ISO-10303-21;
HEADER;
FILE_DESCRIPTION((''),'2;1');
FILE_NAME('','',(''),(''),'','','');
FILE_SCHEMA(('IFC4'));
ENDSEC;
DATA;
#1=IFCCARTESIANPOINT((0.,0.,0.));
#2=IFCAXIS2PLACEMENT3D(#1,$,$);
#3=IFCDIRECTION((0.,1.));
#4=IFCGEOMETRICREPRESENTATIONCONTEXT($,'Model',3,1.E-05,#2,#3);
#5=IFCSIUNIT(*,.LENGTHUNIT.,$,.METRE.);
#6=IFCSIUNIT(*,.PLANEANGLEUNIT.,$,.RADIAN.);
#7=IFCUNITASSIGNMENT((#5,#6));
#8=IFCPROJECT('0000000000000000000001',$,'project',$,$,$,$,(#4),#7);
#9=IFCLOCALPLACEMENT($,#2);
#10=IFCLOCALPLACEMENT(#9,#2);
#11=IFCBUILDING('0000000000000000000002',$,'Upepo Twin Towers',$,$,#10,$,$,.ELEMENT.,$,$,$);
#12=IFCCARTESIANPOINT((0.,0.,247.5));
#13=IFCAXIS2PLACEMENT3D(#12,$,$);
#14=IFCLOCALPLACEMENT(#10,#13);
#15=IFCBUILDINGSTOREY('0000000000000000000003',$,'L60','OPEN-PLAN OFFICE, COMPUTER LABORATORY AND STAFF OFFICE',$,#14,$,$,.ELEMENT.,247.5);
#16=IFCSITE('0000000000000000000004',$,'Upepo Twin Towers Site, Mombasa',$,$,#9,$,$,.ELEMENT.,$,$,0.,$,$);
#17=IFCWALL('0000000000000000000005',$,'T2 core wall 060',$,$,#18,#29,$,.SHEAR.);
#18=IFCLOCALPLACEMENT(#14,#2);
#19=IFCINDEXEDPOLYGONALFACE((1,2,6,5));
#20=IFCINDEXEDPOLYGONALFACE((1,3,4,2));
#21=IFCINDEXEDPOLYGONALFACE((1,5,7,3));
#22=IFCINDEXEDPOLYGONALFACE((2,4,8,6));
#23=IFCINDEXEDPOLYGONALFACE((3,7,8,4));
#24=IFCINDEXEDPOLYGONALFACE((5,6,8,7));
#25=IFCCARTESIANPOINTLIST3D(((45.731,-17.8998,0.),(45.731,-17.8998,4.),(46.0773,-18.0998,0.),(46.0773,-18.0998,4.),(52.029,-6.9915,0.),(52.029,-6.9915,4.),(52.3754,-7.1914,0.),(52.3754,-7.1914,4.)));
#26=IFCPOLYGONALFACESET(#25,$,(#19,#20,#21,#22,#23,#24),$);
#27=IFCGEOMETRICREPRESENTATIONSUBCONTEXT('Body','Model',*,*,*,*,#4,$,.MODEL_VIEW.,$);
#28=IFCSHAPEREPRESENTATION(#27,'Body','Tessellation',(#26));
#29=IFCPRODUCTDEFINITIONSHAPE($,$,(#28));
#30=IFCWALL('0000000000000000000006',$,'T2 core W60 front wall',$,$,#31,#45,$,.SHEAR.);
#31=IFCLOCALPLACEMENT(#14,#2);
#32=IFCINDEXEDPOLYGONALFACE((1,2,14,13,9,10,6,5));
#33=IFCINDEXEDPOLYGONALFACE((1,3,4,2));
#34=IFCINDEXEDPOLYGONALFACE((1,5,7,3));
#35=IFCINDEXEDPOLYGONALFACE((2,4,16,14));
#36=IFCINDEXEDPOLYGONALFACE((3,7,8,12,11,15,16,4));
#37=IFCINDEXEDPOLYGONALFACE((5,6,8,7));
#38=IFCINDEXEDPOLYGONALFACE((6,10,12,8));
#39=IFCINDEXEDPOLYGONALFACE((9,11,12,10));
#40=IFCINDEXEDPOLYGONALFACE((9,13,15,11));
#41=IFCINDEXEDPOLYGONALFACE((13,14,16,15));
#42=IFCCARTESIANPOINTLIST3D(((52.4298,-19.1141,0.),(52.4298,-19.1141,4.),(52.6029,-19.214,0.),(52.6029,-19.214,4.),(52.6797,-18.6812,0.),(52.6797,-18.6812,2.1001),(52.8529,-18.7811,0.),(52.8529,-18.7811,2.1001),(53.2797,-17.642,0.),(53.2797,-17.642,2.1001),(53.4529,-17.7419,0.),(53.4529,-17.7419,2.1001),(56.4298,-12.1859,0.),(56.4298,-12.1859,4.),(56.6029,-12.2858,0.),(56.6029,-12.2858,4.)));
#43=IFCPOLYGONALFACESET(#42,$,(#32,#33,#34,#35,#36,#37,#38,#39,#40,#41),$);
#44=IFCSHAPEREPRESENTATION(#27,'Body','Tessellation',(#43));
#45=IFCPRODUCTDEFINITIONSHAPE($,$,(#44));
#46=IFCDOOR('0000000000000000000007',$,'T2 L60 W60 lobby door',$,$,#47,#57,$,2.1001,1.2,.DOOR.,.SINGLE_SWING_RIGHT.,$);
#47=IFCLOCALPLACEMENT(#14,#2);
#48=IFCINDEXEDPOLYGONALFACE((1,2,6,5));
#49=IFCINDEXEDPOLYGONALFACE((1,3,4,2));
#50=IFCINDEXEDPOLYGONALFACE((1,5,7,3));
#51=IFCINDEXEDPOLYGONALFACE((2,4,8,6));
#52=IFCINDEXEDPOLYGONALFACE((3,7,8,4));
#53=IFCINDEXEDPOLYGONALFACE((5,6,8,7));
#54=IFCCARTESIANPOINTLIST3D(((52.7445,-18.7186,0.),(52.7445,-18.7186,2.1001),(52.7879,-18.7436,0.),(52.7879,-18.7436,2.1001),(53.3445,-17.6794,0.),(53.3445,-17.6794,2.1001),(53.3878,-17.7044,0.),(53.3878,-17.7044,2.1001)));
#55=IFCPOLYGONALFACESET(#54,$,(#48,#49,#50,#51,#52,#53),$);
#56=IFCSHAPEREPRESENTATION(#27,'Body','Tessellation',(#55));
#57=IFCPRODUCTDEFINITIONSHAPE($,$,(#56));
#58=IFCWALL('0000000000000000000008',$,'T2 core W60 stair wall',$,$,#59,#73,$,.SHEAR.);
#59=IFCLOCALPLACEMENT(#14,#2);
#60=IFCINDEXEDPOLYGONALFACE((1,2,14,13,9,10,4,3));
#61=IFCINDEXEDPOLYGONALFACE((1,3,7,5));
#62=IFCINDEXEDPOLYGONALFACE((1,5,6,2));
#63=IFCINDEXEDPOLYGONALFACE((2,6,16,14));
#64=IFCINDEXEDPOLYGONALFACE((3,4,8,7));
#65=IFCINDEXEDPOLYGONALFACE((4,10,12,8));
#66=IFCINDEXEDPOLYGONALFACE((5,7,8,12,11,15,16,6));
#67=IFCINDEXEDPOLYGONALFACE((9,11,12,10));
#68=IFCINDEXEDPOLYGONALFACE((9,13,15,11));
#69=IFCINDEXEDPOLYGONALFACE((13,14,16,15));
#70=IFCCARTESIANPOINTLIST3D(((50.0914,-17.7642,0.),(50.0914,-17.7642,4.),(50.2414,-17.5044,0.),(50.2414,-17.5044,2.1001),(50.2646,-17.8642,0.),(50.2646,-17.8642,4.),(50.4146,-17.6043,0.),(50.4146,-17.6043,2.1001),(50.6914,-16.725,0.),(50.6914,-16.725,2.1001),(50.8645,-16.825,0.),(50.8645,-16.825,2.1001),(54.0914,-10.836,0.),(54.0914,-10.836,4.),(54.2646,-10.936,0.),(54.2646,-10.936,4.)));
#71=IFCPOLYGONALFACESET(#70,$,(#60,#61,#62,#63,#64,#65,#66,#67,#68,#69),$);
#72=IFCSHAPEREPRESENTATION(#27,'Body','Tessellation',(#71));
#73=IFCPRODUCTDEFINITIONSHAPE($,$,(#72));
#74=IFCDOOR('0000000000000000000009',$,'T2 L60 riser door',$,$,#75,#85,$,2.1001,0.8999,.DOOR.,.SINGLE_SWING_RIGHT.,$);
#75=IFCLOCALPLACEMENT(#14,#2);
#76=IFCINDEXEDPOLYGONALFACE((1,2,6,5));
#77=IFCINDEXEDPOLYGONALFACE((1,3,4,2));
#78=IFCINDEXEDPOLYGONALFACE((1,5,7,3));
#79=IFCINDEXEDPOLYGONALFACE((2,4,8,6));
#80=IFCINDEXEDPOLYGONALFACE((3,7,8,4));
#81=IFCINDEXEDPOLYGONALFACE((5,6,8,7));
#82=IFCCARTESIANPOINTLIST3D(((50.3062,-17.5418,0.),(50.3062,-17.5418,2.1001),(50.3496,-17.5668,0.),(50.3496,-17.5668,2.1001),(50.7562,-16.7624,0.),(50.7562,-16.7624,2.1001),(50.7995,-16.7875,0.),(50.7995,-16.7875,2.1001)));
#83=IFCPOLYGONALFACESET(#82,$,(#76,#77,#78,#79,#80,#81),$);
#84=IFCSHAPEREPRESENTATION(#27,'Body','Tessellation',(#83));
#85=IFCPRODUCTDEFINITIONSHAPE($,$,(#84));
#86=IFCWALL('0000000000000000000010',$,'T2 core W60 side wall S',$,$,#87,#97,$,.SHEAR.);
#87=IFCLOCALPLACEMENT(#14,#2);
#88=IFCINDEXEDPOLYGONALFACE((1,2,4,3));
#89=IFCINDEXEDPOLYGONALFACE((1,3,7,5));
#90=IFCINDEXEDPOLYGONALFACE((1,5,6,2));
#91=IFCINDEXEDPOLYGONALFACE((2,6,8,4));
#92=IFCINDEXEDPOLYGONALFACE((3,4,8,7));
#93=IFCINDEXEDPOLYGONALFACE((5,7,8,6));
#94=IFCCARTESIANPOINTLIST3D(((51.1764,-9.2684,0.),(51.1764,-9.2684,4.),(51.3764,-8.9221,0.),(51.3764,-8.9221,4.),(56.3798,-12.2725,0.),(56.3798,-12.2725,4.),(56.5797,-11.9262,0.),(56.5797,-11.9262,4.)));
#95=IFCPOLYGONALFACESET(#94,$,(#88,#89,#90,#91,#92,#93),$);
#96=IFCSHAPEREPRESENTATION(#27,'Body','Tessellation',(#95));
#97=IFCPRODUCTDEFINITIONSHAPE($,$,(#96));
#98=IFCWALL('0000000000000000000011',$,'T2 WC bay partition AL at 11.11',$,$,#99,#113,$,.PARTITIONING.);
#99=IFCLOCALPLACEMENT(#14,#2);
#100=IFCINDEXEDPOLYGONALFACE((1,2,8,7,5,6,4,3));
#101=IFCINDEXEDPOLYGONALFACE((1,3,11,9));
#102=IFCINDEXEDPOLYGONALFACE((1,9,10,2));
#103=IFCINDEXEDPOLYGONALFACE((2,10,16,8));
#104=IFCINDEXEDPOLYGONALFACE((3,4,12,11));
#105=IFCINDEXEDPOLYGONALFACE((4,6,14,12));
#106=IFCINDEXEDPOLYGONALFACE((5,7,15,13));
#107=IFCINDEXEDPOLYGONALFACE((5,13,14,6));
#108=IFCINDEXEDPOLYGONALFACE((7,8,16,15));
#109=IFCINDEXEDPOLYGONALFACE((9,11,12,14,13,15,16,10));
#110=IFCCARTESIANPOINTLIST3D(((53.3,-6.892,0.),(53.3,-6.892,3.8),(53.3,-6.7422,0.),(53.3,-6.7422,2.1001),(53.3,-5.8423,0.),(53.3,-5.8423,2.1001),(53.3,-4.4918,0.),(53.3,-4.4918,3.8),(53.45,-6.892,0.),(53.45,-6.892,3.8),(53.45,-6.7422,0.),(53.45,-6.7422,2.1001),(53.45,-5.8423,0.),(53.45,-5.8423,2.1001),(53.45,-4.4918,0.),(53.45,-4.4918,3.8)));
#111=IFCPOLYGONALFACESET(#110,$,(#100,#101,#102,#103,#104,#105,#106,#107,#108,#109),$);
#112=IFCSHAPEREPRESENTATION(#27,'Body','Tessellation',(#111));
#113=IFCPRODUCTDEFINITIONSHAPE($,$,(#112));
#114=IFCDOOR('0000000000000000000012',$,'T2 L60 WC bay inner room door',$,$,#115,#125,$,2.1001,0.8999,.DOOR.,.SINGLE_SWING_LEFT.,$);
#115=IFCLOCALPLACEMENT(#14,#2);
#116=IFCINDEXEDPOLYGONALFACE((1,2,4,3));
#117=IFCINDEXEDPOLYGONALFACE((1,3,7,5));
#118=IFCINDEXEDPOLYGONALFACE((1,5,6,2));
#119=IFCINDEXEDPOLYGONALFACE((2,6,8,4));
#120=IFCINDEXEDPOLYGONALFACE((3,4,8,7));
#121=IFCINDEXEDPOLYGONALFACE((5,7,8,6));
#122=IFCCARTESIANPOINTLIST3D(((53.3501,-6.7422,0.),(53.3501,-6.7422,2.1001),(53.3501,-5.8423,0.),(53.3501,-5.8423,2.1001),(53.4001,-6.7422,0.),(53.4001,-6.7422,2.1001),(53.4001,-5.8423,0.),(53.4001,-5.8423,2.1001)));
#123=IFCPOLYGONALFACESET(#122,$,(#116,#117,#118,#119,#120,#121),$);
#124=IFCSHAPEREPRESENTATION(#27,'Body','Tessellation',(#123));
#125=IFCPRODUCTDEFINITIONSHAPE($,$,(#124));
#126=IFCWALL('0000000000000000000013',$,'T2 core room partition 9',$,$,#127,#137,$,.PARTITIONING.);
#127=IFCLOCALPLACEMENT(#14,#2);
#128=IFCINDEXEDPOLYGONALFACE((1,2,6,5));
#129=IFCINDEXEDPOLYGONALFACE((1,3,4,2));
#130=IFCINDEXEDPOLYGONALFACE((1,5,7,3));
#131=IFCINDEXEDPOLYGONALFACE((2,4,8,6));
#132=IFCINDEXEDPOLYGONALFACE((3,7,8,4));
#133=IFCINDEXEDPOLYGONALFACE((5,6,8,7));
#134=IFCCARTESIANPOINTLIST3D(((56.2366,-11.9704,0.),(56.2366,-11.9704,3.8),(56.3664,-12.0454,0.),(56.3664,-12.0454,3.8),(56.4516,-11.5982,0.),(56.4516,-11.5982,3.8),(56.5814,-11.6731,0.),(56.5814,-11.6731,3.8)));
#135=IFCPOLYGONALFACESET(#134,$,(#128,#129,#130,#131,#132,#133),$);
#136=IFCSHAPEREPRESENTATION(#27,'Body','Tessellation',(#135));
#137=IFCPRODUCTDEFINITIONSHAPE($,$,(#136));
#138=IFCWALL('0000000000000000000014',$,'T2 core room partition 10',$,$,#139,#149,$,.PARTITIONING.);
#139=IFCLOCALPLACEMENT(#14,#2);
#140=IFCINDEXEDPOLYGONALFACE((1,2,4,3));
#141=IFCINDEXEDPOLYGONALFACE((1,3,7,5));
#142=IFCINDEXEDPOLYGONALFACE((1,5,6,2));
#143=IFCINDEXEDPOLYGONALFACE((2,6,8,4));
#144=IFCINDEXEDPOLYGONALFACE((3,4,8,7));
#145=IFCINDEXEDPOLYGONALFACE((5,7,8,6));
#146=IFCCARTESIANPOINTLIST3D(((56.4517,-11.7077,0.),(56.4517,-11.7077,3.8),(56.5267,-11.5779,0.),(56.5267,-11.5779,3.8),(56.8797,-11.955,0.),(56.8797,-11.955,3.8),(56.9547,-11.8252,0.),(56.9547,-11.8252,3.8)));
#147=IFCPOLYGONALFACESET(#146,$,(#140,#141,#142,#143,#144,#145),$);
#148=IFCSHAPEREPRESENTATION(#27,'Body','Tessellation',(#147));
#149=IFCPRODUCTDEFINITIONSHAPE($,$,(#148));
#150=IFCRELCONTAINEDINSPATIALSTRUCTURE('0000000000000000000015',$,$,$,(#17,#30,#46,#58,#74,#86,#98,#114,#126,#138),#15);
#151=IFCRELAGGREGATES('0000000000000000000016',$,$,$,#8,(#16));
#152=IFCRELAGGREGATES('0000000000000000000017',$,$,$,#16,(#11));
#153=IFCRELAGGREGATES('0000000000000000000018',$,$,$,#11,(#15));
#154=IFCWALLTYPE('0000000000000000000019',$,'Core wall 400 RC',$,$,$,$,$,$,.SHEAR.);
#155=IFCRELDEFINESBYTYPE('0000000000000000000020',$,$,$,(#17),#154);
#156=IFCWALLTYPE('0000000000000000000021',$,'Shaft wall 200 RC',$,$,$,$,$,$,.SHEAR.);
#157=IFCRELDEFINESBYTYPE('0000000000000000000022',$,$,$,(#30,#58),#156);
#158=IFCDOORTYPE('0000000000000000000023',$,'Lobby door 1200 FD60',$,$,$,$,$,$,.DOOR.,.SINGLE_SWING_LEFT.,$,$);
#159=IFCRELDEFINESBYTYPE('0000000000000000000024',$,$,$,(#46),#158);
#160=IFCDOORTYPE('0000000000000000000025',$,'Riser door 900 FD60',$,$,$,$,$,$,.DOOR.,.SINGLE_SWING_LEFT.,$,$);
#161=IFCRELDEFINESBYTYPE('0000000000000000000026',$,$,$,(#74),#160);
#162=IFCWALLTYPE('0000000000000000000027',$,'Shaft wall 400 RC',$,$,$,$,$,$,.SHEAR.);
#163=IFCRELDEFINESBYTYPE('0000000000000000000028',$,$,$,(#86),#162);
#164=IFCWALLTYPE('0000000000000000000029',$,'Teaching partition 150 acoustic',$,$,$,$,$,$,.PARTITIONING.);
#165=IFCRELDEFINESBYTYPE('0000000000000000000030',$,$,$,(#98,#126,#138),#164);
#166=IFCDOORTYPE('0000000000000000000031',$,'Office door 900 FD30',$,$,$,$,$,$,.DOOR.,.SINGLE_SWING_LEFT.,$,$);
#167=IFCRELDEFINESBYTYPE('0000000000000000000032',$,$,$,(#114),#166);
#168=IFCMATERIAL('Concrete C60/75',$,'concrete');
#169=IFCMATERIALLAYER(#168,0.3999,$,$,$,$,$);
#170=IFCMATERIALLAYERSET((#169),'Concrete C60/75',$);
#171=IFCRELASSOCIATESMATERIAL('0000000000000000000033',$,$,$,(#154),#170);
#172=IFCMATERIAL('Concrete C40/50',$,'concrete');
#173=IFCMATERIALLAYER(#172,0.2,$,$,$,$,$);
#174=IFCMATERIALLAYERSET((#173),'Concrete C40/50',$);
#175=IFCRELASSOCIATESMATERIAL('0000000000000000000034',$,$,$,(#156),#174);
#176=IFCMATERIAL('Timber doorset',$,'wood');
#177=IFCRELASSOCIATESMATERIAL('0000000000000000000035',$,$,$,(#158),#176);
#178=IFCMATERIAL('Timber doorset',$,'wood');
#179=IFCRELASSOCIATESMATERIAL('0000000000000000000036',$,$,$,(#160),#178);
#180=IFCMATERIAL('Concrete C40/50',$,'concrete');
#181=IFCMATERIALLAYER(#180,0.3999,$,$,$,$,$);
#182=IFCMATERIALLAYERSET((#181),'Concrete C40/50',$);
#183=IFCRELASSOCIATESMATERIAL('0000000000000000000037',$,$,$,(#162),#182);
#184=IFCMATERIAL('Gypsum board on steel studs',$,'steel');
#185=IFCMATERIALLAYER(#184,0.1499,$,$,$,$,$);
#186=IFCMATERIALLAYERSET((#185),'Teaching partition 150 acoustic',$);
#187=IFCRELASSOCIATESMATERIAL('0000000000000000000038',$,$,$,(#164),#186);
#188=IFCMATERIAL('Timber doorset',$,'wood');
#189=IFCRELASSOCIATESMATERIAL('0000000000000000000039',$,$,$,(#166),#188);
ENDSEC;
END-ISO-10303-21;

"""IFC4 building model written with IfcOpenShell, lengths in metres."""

from ifc_helpers import new_model, si_unit, direction, frame, frame_2d, origin, place, context, subcontext, project, spatial, rectangle, extrude, material, layer, layer_set, type_object, element, fill, save


model = new_model("IFC4")

# Units and contexts
model_context = context("Model", 3, precision=1e-05, world=origin(), true_north=direction((0.0, 1.0)))
body_context = subcontext(model_context, "Body", "Model", "MODEL_VIEW")
ifc_project = project(units=[si_unit("LENGTHUNIT", "METRE"), si_unit("PLANEANGLEUNIT", "RADIAN")], contexts=[model_context])

# Site, building, storey
site_placement = place(None, origin())
site = spatial("IfcSite", under=ifc_project, at=site_placement, Name="Upepo Twin Towers Site, Mombasa", CompositionType="ELEMENT", RefElevation=0.0)
building_placement = place(site_placement, origin())
building = spatial("IfcBuilding", under=site, at=building_placement, Name="Upepo Twin Towers", CompositionType="ELEMENT")
storey_placement = place(building_placement, frame((0.0, 0.0, 247.5)))
storey = spatial("IfcBuildingStorey", under=building, at=storey_placement, Name="L60", Description="OPEN-PLAN OFFICE, COMPUTER LABORATORY AND STAFF OFFICE", CompositionType="ELEMENT", Elevation=247.5)

# Wall
ifc_material_1 = material(Name="Concrete C60/75", Category="concrete")
ifc_layer_1 = layer(ifc_material_1, 0.3999)
ifc_layer_set_1 = layer_set([ifc_layer_1], Name="Concrete C60/75")
wall_type_1 = type_object("IfcWallType", Name="Core wall 400 RC", PredefinedType="SHEAR", material=ifc_layer_set_1)
wall_1_placement = place(storey_placement, frame((52.2021, -7.0916, 0.0), z_axis=(0.0, 0.0, 1.0), x_axis=(-0.500006, -0.866022, 0.0)))
element("IfcWall", 1, at=wall_1_placement, inside=storey, type_object=wall_type_1, Name="T2 core wall 060", PredefinedType="SHEAR", context=body_context, shape_type="SweptSolid", body=[
    extrude(rectangle(XDim=12.5959, YDim=0.3999, at=frame_2d((6.2979, 0.0))), origin(), (0.0, 0.0, 1.0), 4.0),
])

# Walls, openings, doors
ifc_material_2 = material(Name="Concrete C40/50", Category="concrete")
ifc_layer_2 = layer(ifc_material_2, 0.2)
ifc_layer_set_2 = layer_set([ifc_layer_2], Name="Concrete C40/50")
wall_type_2 = type_object("IfcWallType", Name="Shaft wall 200 RC", PredefinedType="SHEAR", material=ifc_layer_set_2)
wall_2_placement = place(storey_placement, frame((56.5164, -12.2358, 0.0), z_axis=(0.0, 0.0, 1.0), x_axis=(-0.499999, -0.866026, 0.0)))
wall_2 = element("IfcWall", 2, at=wall_2_placement, inside=storey, type_object=wall_type_2, Name="T2 core W60 front wall", PredefinedType="SHEAR", context=body_context, shape_type="SweptSolid", body=[
    extrude(rectangle(XDim=8.0, YDim=0.2, at=frame_2d((4.0, 0.0))), origin(), (0.0, 0.0, 1.0), 4.0),
])
opening_1_placement = place(wall_2_placement, frame((6.3, 0.0, 0.0)))
opening_1 = element("IfcOpeningElement", 3, at=opening_1_placement, cuts=wall_2, PredefinedType="OPENING", context=body_context, shape_type="SweptSolid", body=[
    extrude(rectangle(XDim=1.2, YDim=2.1001, at=frame_2d((0.6001, 1.05))), frame((0.0, 0.1099, 0.0), z_axis=(0.0, -1.0, 0.0), x_axis=(1.0, 0.0, 0.0)), (0.0, 0.0, 1.0), 0.22),
])
ifc_material_3 = material(Name="Timber doorset", Category="wood")
door_type_1 = type_object("IfcDoorType", Name="Lobby door 1200 FD60", OperationType="SINGLE_SWING_LEFT", PredefinedType="DOOR", material=ifc_material_3)
door_1_placement = place(opening_1_placement, origin())
door_1 = element("IfcDoor", 4, at=door_1_placement, inside=storey, type_object=door_type_1, Name="T2 L60 W60 lobby door", OperationType="SINGLE_SWING_RIGHT", OverallHeight=2.1001, OverallWidth=1.2, PredefinedType="DOOR", context=body_context, shape_type="SweptSolid", body=[
    extrude(rectangle(XDim=1.2, YDim=2.1001, at=frame_2d((0.6001, 1.05))), frame((0.0, 0.0249, 0.0), z_axis=(0.0, -1.0, 0.0), x_axis=(1.0, 0.0, 0.0)), (0.0, 0.0, 1.0), 0.05),
])
fill(opening_1, door_1)
wall_3_placement = place(storey_placement, frame((54.178, -10.886, 0.0), z_axis=(0.0, 0.0, 1.0), x_axis=(-0.499999, -0.866026, 0.0)))
wall_3 = element("IfcWall", 5, at=wall_3_placement, inside=storey, type_object=wall_type_2, Name="T2 core W60 stair wall", PredefinedType="SHEAR", context=body_context, shape_type="SweptSolid", body=[
    extrude(rectangle(XDim=8.0, YDim=0.2, at=frame_2d((4.0, 0.0))), origin(), (0.0, 0.0, 1.0), 4.0),
])
opening_2_placement = place(wall_3_placement, frame((6.8, 0.0, 0.0)))
opening_2 = element("IfcOpeningElement", 6, at=opening_2_placement, cuts=wall_3, PredefinedType="OPENING", context=body_context, shape_type="SweptSolid", body=[
    extrude(rectangle(XDim=0.8999, YDim=2.1001, at=frame_2d((0.45, 1.05))), frame((0.0, 0.1099, 0.0), z_axis=(0.0, -1.0, 0.0), x_axis=(1.0, 0.0, 0.0)), (0.0, 0.0, 1.0), 0.22),
])
ifc_material_4 = material(Name="Timber doorset", Category="wood")
door_type_2 = type_object("IfcDoorType", Name="Riser door 900 FD60", OperationType="SINGLE_SWING_LEFT", PredefinedType="DOOR", material=ifc_material_4)
door_2_placement = place(opening_2_placement, origin())
door_2 = element("IfcDoor", 7, at=door_2_placement, inside=storey, type_object=door_type_2, Name="T2 L60 riser door", OperationType="SINGLE_SWING_RIGHT", OverallHeight=2.1001, OverallWidth=0.8999, PredefinedType="DOOR", context=body_context, shape_type="SweptSolid", body=[
    extrude(rectangle(XDim=0.8999, YDim=2.1001, at=frame_2d((0.45, 1.05))), frame((0.0, 0.0249, 0.0), z_axis=(0.0, -1.0, 0.0), x_axis=(1.0, 0.0, 0.0)), (0.0, 0.0, 1.0), 0.05),
])
fill(opening_2, door_2)

# Wall
ifc_material_5 = material(Name="Concrete C40/50", Category="concrete")
ifc_layer_3 = layer(ifc_material_5, 0.3999)
ifc_layer_set_3 = layer_set([ifc_layer_3], Name="Concrete C40/50")
wall_type_3 = type_object("IfcWallType", Name="Shaft wall 400 RC", PredefinedType="SHEAR", material=ifc_layer_set_3)
wall_4_placement = place(storey_placement, frame((56.4797, -12.0994, 0.0), z_axis=(0.0, 0.0, 1.0), x_axis=(-0.866027, 0.499998, 0.0)))
element("IfcWall", 8, at=wall_4_placement, inside=storey, type_object=wall_type_3, Name="T2 core W60 side wall S", PredefinedType="SHEAR", context=body_context, shape_type="SweptSolid", body=[
    extrude(rectangle(XDim=6.0083, YDim=0.3999, at=frame_2d((3.0042, 0.0))), origin(), (0.0, 0.0, 1.0), 4.0),
])

# Wall, opening, door
ifc_material_6 = material(Name="Gypsum board on steel studs", Category="steel")
ifc_layer_4 = layer(ifc_material_6, 0.1499)
ifc_layer_set_4 = layer_set([ifc_layer_4], Name="Teaching partition 150 acoustic")
wall_type_4 = type_object("IfcWallType", Name="Teaching partition 150 acoustic", PredefinedType="PARTITIONING", material=ifc_layer_set_4)
wall_5_placement = place(storey_placement, frame((53.375, -6.8921, 0.0), z_axis=(0.0, 0.0, 1.0), x_axis=(0.0, 1.0, 0.0)))
wall_5 = element("IfcWall", 9, at=wall_5_placement, inside=storey, type_object=wall_type_4, Name="T2 WC bay partition AL at 11.11", PredefinedType="PARTITIONING", context=body_context, shape_type="SweptSolid", body=[
    extrude(rectangle(XDim=2.4001, YDim=0.1499, at=frame_2d((1.2002, 0.0))), origin(), (0.0, 0.0, 1.0), 3.8),
])
opening_3_placement = place(wall_5_placement, frame((0.1499, 0.0, 0.0)))
opening_3 = element("IfcOpeningElement", 10, at=opening_3_placement, cuts=wall_5, PredefinedType="OPENING", context=body_context, shape_type="SweptSolid", body=[
    extrude(rectangle(XDim=0.8999, YDim=2.1001, at=frame_2d((0.45, 1.05))), frame((0.0, 0.085, 0.0), z_axis=(0.0, -1.0, 0.0), x_axis=(1.0, 0.0, 0.0)), (0.0, 0.0, 1.0), 0.1699),
])
ifc_material_7 = material(Name="Timber doorset", Category="wood")
door_type_3 = type_object("IfcDoorType", Name="Office door 900 FD30", OperationType="SINGLE_SWING_LEFT", PredefinedType="DOOR", material=ifc_material_7)
door_3_placement = place(opening_3_placement, origin())
door_3 = element("IfcDoor", 11, at=door_3_placement, inside=storey, type_object=door_type_3, Name="T2 L60 WC bay inner room door", OperationType="SINGLE_SWING_LEFT", OverallHeight=2.1001, OverallWidth=0.8999, PredefinedType="DOOR", context=body_context, shape_type="SweptSolid", body=[
    extrude(rectangle(XDim=0.8999, YDim=2.1001, at=frame_2d((0.45, 1.05))), frame((0.0, 0.0249, 0.0), z_axis=(0.0, -1.0, 0.0), x_axis=(1.0, 0.0, 0.0)), (0.0, 0.0, 1.0), 0.05),
])
fill(opening_3, door_3)

# Walls
wall_6_placement = place(storey_placement, frame((56.3015, -12.0078, 0.0), z_axis=(0.0, 0.0, 1.0), x_axis=(0.50023, 0.865892, 0.0)))
element("IfcWall", 12, at=wall_6_placement, inside=storey, type_object=wall_type_4, Name="T2 core room partition 9", PredefinedType="PARTITIONING", context=body_context, shape_type="SweptSolid", body=[
    extrude(rectangle(XDim=0.4299, YDim=0.1499, at=frame_2d((0.2148, 0.0))), origin(), (0.0, 0.0, 1.0), 3.8),
])
wall_7_placement = place(storey_placement, frame((56.4893, -11.6428, 0.0), z_axis=(0.0, 0.0, 1.0), x_axis=(0.865832, -0.500335, 0.0)))
element("IfcWall", 13, at=wall_7_placement, inside=storey, type_object=wall_type_4, Name="T2 core room partition 10", PredefinedType="PARTITIONING", context=body_context, shape_type="SweptSolid", body=[
    extrude(rectangle(XDim=0.4944, YDim=0.1499, at=frame_2d((0.2471, 0.0))), origin(), (0.0, 0.0, 1.0), 3.8),
])

save(model, "model.ifc")
